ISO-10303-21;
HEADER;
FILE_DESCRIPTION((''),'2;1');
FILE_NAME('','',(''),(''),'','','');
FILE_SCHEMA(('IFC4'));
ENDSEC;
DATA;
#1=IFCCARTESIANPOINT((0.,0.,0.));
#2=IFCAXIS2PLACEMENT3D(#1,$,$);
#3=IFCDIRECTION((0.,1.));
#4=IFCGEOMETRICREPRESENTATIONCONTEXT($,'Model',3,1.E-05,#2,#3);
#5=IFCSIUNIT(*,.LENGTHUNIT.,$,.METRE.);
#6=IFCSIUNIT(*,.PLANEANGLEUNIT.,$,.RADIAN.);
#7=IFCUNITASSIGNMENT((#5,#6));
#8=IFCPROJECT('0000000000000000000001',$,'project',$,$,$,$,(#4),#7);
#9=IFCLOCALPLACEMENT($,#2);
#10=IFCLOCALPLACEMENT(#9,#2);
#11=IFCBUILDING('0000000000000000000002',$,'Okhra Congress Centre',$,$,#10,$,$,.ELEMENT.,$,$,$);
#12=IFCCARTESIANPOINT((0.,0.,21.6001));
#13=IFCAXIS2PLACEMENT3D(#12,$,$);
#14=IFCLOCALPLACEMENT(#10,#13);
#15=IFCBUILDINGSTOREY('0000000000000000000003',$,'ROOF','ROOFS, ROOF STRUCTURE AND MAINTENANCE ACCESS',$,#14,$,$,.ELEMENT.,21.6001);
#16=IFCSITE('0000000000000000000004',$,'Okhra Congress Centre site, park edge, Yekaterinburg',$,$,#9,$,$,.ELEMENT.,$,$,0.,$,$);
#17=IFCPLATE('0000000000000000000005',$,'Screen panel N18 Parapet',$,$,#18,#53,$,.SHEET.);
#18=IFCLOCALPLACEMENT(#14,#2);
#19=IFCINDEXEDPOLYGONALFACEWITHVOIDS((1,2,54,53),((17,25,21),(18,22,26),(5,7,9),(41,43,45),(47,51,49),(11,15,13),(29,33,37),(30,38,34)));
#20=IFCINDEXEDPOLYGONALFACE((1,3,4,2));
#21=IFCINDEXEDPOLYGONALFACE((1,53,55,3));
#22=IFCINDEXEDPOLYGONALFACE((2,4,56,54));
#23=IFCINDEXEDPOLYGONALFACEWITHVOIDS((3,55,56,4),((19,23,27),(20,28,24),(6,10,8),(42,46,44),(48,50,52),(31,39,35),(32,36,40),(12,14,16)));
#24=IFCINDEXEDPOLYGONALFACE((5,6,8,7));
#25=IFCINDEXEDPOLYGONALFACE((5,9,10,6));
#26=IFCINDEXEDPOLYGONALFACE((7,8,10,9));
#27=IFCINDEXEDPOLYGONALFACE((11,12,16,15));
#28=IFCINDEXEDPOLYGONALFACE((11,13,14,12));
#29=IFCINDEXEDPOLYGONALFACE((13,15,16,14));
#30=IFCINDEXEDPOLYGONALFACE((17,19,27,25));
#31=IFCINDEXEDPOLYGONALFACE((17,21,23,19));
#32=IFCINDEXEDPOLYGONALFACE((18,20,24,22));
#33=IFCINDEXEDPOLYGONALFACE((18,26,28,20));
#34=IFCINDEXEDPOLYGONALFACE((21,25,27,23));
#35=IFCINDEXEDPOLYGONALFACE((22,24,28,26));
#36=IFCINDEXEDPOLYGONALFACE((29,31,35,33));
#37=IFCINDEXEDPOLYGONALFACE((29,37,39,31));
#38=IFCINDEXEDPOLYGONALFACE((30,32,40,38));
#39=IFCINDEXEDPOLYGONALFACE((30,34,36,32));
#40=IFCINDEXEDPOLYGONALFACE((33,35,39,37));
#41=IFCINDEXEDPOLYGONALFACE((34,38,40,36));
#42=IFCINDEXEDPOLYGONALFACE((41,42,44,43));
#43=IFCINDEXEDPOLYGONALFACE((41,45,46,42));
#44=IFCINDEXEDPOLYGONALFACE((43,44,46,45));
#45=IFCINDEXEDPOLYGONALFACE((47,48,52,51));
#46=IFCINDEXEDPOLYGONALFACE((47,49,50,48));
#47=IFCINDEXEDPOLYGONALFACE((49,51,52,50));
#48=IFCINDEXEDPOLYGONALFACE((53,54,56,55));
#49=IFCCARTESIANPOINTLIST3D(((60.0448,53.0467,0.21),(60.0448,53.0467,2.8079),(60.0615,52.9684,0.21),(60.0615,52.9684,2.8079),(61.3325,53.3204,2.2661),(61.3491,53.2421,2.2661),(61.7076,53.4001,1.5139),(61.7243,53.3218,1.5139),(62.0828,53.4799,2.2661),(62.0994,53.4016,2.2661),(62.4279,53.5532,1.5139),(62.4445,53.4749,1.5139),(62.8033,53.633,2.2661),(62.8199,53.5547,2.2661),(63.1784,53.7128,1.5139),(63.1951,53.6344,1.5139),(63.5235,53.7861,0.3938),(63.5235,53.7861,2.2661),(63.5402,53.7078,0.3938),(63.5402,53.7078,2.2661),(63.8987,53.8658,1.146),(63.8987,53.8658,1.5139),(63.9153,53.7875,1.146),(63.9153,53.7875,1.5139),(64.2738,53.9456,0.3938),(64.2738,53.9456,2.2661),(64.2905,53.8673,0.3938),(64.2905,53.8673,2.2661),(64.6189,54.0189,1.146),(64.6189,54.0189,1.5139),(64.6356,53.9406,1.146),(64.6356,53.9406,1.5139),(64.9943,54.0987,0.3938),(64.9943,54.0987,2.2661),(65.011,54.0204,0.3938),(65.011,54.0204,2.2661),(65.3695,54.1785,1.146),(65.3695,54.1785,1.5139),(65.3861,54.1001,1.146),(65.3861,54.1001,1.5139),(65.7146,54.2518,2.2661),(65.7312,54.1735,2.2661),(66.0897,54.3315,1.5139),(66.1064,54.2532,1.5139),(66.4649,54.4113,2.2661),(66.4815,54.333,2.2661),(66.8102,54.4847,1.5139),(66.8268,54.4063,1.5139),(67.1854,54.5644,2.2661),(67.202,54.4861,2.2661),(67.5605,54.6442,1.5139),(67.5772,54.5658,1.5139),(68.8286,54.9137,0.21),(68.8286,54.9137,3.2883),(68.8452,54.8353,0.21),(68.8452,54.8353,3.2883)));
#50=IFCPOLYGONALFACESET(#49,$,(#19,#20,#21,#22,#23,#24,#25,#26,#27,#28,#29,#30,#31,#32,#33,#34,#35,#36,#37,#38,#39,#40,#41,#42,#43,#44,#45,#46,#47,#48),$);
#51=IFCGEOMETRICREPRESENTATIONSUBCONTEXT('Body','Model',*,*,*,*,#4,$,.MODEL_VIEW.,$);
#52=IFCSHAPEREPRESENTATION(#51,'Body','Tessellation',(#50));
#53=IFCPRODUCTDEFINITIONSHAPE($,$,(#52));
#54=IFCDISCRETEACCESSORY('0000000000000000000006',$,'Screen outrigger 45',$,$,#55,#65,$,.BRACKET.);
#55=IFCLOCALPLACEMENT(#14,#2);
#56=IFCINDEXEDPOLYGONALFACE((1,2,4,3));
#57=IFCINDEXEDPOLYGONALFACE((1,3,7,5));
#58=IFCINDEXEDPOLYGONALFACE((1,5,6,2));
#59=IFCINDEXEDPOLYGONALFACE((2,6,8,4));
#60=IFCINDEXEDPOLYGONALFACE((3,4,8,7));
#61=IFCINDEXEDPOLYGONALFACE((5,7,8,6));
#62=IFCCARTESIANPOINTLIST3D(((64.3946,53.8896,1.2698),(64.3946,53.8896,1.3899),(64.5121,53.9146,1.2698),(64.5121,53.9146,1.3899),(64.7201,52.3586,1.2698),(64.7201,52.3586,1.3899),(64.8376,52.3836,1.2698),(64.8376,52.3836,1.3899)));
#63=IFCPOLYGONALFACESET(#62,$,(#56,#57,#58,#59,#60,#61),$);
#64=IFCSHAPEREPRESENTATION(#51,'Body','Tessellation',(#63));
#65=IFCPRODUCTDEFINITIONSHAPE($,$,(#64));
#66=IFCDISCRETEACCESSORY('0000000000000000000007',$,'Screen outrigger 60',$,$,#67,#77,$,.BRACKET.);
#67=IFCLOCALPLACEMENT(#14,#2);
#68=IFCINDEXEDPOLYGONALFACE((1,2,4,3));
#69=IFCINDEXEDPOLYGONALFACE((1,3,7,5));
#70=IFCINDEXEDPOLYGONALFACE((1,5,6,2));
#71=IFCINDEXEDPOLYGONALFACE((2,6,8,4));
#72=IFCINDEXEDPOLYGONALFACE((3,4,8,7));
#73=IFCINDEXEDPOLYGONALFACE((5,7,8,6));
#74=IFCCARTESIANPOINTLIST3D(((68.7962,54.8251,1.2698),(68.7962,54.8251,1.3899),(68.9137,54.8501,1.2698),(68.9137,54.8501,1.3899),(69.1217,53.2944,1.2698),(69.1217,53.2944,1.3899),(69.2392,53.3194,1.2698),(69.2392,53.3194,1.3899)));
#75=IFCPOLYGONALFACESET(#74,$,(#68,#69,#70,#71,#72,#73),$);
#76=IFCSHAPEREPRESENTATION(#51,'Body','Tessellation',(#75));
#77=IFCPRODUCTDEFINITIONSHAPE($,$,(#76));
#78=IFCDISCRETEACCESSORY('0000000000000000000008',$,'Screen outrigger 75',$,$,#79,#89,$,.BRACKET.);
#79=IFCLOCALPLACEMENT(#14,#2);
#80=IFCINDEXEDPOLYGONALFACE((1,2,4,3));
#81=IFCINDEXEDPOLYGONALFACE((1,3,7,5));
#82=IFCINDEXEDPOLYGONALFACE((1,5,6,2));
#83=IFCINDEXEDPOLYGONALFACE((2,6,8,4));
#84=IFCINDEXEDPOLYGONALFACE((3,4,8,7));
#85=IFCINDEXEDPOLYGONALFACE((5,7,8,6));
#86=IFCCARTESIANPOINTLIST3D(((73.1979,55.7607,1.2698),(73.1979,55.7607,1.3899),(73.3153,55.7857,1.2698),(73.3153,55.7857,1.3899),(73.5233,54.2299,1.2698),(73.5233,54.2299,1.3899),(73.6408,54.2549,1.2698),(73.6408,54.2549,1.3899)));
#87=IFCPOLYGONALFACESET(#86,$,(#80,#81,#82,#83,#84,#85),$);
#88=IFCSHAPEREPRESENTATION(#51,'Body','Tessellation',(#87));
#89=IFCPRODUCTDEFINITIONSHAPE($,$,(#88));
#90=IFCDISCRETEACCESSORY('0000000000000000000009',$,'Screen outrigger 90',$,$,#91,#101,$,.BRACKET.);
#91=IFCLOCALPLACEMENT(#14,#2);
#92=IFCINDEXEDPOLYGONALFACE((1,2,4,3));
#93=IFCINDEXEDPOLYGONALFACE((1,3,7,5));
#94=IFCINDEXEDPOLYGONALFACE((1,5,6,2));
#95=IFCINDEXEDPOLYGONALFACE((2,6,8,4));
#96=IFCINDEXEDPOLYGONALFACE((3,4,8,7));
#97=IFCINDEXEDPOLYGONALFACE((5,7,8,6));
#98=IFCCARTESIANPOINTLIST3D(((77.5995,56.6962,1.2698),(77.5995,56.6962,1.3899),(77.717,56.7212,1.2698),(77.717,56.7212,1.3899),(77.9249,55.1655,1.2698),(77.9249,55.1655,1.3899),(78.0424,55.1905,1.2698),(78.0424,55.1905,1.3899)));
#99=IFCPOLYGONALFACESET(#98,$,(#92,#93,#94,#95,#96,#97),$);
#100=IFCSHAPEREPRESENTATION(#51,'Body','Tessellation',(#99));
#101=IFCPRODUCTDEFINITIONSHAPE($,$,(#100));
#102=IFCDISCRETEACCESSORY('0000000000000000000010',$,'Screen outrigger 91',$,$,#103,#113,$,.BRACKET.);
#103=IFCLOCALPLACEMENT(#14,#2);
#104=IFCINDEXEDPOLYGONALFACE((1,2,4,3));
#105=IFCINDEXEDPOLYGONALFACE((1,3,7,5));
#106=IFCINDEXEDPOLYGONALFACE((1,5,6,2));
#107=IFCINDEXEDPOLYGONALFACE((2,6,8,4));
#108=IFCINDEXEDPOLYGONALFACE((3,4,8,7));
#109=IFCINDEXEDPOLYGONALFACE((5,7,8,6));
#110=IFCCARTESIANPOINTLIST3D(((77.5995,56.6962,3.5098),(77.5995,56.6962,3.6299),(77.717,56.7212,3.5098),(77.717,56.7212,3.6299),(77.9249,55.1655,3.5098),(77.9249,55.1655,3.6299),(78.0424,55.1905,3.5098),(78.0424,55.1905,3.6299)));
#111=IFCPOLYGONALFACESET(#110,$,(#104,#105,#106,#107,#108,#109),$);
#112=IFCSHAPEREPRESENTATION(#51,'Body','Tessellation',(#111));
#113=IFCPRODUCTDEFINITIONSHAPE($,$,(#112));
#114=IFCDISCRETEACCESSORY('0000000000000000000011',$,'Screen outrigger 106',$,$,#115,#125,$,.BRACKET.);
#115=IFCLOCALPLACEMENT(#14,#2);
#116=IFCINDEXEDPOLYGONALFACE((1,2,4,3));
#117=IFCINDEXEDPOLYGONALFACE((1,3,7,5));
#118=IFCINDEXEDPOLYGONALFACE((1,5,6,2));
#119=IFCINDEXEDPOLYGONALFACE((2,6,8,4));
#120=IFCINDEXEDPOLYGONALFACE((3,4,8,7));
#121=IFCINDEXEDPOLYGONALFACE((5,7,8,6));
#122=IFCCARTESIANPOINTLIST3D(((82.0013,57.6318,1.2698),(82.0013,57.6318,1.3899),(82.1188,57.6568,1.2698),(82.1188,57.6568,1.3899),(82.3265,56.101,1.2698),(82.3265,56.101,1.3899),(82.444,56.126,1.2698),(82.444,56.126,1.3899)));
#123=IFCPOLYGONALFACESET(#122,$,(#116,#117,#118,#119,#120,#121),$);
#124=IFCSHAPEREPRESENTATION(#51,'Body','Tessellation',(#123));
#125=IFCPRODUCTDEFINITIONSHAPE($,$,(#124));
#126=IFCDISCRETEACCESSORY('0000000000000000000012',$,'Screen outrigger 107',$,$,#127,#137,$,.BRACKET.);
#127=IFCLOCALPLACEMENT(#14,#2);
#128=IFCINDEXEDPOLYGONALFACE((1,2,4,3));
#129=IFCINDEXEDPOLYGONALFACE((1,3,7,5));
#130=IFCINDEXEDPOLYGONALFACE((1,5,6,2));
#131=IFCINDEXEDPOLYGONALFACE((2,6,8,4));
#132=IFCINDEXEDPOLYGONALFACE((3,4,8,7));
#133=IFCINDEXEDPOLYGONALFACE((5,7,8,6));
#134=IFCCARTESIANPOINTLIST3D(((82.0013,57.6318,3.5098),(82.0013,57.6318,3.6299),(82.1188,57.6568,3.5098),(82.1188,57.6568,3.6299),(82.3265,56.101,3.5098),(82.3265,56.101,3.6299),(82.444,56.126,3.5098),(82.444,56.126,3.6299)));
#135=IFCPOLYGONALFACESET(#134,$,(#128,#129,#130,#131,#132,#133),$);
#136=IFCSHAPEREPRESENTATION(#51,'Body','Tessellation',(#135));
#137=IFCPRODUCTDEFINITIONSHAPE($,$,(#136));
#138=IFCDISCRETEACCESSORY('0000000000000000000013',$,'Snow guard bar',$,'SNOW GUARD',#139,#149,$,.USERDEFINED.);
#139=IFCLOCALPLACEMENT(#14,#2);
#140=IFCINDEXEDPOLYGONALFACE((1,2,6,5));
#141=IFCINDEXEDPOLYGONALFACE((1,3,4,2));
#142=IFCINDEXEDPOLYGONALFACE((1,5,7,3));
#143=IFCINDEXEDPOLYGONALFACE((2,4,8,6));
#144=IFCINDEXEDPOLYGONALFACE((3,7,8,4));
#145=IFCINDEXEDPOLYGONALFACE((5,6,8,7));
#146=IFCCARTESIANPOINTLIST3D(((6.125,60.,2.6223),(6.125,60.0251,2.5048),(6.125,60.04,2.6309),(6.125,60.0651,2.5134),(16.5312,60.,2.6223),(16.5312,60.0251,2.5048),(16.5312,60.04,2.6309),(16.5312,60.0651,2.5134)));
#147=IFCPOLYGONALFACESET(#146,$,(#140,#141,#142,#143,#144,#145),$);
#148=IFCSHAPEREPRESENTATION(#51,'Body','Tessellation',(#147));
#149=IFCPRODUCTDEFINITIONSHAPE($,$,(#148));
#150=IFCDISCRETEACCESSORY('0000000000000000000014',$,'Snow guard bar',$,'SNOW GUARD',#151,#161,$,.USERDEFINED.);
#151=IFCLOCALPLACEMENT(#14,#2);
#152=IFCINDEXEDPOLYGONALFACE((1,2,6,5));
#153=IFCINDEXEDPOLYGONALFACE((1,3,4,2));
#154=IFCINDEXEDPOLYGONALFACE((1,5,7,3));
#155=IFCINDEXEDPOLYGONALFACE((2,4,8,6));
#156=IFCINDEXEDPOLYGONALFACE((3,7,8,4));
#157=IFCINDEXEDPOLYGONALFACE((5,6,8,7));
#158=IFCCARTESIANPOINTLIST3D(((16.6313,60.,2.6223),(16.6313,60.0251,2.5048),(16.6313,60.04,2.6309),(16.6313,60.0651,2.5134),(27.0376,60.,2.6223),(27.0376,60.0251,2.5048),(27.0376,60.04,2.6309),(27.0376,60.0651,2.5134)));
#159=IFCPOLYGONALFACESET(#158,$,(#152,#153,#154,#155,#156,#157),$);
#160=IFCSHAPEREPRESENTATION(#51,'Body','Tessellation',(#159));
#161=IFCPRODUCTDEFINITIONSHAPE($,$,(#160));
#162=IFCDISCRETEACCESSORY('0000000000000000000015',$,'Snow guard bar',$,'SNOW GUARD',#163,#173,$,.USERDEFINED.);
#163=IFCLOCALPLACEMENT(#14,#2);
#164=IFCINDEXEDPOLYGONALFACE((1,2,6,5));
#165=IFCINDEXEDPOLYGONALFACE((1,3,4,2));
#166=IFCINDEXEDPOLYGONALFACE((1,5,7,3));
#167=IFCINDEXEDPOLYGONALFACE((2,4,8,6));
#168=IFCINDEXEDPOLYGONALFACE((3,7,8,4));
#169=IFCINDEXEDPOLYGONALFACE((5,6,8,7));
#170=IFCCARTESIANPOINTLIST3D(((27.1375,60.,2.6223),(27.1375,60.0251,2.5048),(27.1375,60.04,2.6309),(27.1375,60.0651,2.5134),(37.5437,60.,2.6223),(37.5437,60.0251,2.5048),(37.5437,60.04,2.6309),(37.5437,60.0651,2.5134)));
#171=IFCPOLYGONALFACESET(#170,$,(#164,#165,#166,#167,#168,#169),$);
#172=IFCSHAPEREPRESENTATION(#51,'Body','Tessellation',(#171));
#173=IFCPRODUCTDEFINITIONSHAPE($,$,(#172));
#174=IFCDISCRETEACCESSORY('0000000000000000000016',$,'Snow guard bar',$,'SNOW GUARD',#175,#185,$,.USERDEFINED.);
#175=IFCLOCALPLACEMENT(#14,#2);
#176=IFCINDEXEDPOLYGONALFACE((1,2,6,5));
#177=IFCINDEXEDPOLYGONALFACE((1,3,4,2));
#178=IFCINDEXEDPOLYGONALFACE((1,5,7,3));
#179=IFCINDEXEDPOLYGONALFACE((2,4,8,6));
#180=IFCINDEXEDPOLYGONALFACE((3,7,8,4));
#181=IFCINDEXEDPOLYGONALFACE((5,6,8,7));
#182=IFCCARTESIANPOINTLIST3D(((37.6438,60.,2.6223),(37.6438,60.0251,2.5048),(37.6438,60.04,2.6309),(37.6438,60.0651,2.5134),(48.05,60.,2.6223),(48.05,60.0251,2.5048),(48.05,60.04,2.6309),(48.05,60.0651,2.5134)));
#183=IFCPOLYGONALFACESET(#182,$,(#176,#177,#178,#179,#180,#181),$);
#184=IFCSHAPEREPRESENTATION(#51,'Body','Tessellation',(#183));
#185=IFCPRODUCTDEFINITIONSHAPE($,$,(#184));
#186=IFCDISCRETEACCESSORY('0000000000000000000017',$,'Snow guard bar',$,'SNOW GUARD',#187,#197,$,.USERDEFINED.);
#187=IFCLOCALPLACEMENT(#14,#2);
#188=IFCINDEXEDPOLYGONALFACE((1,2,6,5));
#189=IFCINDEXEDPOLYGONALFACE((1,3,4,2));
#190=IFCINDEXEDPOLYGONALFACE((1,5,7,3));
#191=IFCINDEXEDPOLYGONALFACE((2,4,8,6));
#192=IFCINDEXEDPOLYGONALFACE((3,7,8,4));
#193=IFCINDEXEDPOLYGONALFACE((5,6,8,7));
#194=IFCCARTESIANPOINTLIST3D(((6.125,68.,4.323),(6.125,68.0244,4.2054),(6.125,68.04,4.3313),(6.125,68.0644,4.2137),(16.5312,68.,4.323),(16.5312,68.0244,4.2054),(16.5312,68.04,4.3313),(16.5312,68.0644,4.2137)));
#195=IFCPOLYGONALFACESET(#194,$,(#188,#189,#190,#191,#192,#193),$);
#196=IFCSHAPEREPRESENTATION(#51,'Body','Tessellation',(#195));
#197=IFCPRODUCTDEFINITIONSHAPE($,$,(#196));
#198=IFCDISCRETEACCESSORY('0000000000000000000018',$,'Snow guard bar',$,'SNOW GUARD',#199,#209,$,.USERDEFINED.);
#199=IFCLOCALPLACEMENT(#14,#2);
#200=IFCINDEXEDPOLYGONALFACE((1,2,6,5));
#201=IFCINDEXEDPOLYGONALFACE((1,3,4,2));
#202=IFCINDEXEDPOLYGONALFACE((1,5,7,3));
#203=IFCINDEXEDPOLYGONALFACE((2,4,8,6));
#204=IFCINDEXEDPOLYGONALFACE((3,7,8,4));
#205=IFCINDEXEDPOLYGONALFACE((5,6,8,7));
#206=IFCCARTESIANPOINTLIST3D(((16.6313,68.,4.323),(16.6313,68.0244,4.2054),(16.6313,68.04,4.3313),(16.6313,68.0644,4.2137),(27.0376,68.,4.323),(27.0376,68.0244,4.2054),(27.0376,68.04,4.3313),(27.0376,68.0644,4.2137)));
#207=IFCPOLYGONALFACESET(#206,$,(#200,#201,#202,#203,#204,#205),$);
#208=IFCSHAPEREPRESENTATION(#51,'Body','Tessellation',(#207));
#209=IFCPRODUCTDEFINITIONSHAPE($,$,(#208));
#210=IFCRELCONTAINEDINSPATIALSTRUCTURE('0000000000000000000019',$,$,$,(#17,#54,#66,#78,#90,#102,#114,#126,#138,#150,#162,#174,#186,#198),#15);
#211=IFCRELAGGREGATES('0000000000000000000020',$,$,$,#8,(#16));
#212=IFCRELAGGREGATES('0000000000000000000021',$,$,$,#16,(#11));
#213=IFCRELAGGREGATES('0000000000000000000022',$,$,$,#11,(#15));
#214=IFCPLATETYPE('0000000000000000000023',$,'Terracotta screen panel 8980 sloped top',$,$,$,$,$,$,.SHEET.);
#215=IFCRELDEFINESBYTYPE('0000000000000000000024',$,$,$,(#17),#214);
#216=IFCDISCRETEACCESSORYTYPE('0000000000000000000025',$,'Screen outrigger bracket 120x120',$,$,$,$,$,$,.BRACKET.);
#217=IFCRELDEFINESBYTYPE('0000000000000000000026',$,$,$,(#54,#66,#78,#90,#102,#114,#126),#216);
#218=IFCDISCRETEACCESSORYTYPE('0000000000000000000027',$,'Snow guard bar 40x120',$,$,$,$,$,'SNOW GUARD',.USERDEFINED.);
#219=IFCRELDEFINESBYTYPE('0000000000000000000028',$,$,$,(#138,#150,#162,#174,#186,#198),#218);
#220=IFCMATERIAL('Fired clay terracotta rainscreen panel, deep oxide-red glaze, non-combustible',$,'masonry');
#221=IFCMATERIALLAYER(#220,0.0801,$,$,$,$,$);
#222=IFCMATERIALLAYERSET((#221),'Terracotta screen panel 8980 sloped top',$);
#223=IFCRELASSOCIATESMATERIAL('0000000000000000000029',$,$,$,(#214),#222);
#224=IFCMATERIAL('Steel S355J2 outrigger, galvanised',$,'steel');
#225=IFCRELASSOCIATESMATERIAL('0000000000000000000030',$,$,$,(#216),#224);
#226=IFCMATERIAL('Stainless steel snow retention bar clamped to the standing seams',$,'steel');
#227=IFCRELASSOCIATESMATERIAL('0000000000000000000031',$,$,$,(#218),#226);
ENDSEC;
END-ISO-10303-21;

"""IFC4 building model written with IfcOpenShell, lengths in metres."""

from ifc_helpers import new_model, si_unit, direction, frame, origin, origin_2d, place, context, subcontext, project, spatial, polyline, rectangle, outline, extrude, material, layer, layer_set, material_profile, profile_set, type_object, element, save


model = new_model("IFC4")

# Units and contexts
model_context = context("Model", 3, precision=1e-05, world=origin(), true_north=direction((0.0, 1.0)))
body_context = subcontext(model_context, "Body", "Model", "MODEL_VIEW")
ifc_project = project(units=[si_unit("LENGTHUNIT", "METRE"), si_unit("PLANEANGLEUNIT", "RADIAN")], contexts=[model_context])

# Site, building, storey
site_placement = place(None, origin())
site = spatial("IfcSite", under=ifc_project, at=site_placement, Name="Okhra Congress Centre site, park edge, Yekaterinburg", CompositionType="ELEMENT", RefElevation=0.0)
building_placement = place(site_placement, origin())
building = spatial("IfcBuilding", under=site, at=building_placement, Name="Okhra Congress Centre", CompositionType="ELEMENT")
storey_placement = place(building_placement, frame((0.0, 0.0, 21.6001)))
storey = spatial("IfcBuildingStorey", under=building, at=storey_placement, Name="ROOF", Description="ROOFS, ROOF STRUCTURE AND MAINTENANCE ACCESS", CompositionType="ELEMENT", Elevation=21.6001)

# Plate
ifc_material_1 = material(Name="Fired clay terracotta rainscreen panel, deep oxide-red glaze, non-combustible", Category="masonry")
ifc_layer_1 = layer(ifc_material_1, 0.0801)
ifc_layer_set_1 = layer_set([ifc_layer_1], Name="Terracotta screen panel 8980 sloped top")
plate_type_1 = type_object("IfcPlateType", Name="Terracotta screen panel 8980 sloped top", PredefinedType="SHEET", material=ifc_layer_set_1)
plate_1_placement = place(storey_placement, frame((68.8369, 54.8745, 0.21), z_axis=(0.0, 0.0, 1.0), x_axis=(-0.97815, -0.207902, 0.0)))
element("IfcPlate", 1, at=plate_1_placement, inside=storey, type_object=plate_type_1, Name="Screen panel N18 Parapet", PredefinedType="SHEET", context=body_context, shape_type="SweptSolid", body=[
    extrude(outline(polyline([(0.0, 0.0), (8.98, 0.0), (8.98, 2.5979), (0.0, 3.0784), (0.0, 0.0)]), holes=[polyline([(3.5364, 0.936), (3.9199, 0.1838), (4.3037, 0.936), (3.5364, 0.936)]), polyline([(4.6565, 0.1838), (5.4236, 0.1838), (5.04, 0.936), (4.6565, 0.1838)]), polyline([(1.2964, 1.304), (2.0635, 1.304), (1.6799, 2.0562), (1.2964, 1.304)]), polyline([(2.4165, 2.0562), (2.8, 1.304), (3.1836, 2.0562), (2.4165, 2.0562)]), polyline([(3.5364, 1.304), (4.3037, 1.304), (3.9199, 2.0562), (3.5364, 1.304)]), polyline([(4.6565, 2.0562), (5.04, 1.304), (5.4236, 2.0562), (4.6565, 2.0562)]), polyline([(5.7764, 1.304), (6.5437, 1.304), (6.1599, 2.0562), (5.7764, 1.304)]), polyline([(6.8965, 2.0562), (7.28, 1.304), (7.6636, 2.0562), (6.8965, 2.0562)])]), frame((0.0, 0.04, 0.0), z_axis=(0.0, -1.0, 0.0), x_axis=(1.0, 0.0, 0.0)), (0.0, 0.0, 1.0), 0.0801),
])

# Discrete accessories
ifc_material_2 = material(Name="Steel S355J2 outrigger, galvanised", Category="steel")
ifc_material_profile_1 = material_profile(ifc_material_2, rectangle(XDim=0.1201, YDim=0.1201, at=origin_2d()), Name="Screen outrigger bracket 120x120")
ifc_profile_set_1 = profile_set([ifc_material_profile_1], Name="Steel S355J2 outrigger, galvanised")
discrete_accessory_type_1 = type_object("IfcDiscreteAccessoryType", Name="Screen outrigger bracket 120x120", PredefinedType="BRACKET", material=ifc_profile_set_1)
discrete_accessory_placement = place(storey_placement, frame((64.7788, 52.3711, 1.3298), z_axis=(-0.20792, 0.978146, 0.0), x_axis=(-0.978146, -0.20792, 0.0)))
element("IfcDiscreteAccessory", 2, at=discrete_accessory_placement, inside=storey, type_object=discrete_accessory_type_1, Name="Screen outrigger 45", PredefinedType="BRACKET", context=body_context, shape_type="SweptSolid", body=[
    extrude(rectangle(XDim=0.1201, YDim=0.1201, at=origin_2d()), origin(), (0.0, 0.0, 1.0), 1.5652),
])
for number, where, z_axis, x_axis, name in (
    (3, (69.1804, 53.3069, 1.3298), (-0.207952, 0.978139, 0.0), (-0.978139, -0.207952, 0.0), "Screen outrigger 60"),
    (4, (73.582, 54.2424, 1.3298), (-0.207952, 0.978139, 0.0), (-0.978139, -0.207952, 0.0), "Screen outrigger 75"),
    (5, (77.9836, 55.178, 1.3298), (-0.207952, 0.978139, 0.0), (-0.978139, -0.207952, 0.0), "Screen outrigger 90"),
    (6, (77.9836, 55.178, 3.5698), (-0.207952, 0.978139, 0.0), (-0.978139, -0.207952, 0.0), "Screen outrigger 91"),
    (7, (82.3853, 56.1135, 1.3298), (-0.207803, 0.978171, 0.0), (-0.978171, -0.207803, 0.0), "Screen outrigger 106"),
    (8, (82.3853, 56.1135, 3.5698), (-0.207803, 0.978171, 0.0), (-0.978171, -0.207803, 0.0), "Screen outrigger 107"),
):
    element("IfcDiscreteAccessory", number, at=place(storey_placement, frame(where, z_axis=z_axis, x_axis=x_axis)), inside=storey, type_object=discrete_accessory_type_1, Name=name, PredefinedType="BRACKET", context=body_context, shape_type="SweptSolid", body=[
        extrude(rectangle(XDim=0.1201, YDim=0.1201, at=origin_2d()), origin(), (0.0, 0.0, 1.0), 1.5649),
    ])
ifc_material_3 = material(Name="Stainless steel snow retention bar clamped to the standing seams", Category="steel")
discrete_accessory_type_2 = type_object("IfcDiscreteAccessoryType", Name="Snow guard bar 40x120", ElementType="SNOW GUARD", PredefinedType="USERDEFINED", material=ifc_material_3)
for number, where, z_axis, x_axis, name in (
    (9, (6.125, 60.0, 2.6223), (0.0, -0.208715, 0.977977), (1.0, 0.0, 0.0), "Snow guard bar"),
    (10, (16.6313, 60.0, 2.6223), (0.0, -0.208715, 0.977977), (1.0, 0.0, 0.0), "Snow guard bar"),
    (11, (27.1375, 60.0, 2.6223), (0.0, -0.208715, 0.977977), (1.0, 0.0, 0.0), "Snow guard bar"),
    (12, (37.6438, 60.0, 2.6223), (0.0, -0.208715, 0.977977), (1.0, 0.0, 0.0), "Snow guard bar"),
):
    element("IfcDiscreteAccessory", number, at=place(storey_placement, frame(where, z_axis=z_axis, x_axis=x_axis)), inside=storey, type_object=discrete_accessory_type_2, Name=name, ObjectType="SNOW GUARD", PredefinedType="USERDEFINED", context=body_context, shape_type="SweptSolid", body=[
        extrude(outline(polyline([(0.0, 0.0), (10.4062, 0.0), (10.4062, 0.0409), (0.0, 0.0409), (0.0, 0.0)])), origin(), (0.0, 0.0, -1.0), 0.1201),
    ])
for number, where, z_axis, x_axis, name in (
    (13, (6.125, 68.0, 4.323), (0.0, -0.203, 0.979179), (1.0, 0.0, 0.0), "Snow guard bar"),
    (14, (16.6313, 68.0, 4.323), (0.0, -0.203, 0.979179), (1.0, 0.0, 0.0), "Snow guard bar"),
):
    element("IfcDiscreteAccessory", number, at=place(storey_placement, frame(where, z_axis=z_axis, x_axis=x_axis)), inside=storey, type_object=discrete_accessory_type_2, Name=name, ObjectType="SNOW GUARD", PredefinedType="USERDEFINED", context=body_context, shape_type="SweptSolid", body=[
        extrude(outline(polyline([(0.0, 0.0), (10.4062, 0.0), (10.4062, 0.0409), (0.0, 0.0409), (0.0, 0.0)])), origin(), (0.0, 0.0, -1.0), 0.1201),
    ])

save(model, "model.ifc")
